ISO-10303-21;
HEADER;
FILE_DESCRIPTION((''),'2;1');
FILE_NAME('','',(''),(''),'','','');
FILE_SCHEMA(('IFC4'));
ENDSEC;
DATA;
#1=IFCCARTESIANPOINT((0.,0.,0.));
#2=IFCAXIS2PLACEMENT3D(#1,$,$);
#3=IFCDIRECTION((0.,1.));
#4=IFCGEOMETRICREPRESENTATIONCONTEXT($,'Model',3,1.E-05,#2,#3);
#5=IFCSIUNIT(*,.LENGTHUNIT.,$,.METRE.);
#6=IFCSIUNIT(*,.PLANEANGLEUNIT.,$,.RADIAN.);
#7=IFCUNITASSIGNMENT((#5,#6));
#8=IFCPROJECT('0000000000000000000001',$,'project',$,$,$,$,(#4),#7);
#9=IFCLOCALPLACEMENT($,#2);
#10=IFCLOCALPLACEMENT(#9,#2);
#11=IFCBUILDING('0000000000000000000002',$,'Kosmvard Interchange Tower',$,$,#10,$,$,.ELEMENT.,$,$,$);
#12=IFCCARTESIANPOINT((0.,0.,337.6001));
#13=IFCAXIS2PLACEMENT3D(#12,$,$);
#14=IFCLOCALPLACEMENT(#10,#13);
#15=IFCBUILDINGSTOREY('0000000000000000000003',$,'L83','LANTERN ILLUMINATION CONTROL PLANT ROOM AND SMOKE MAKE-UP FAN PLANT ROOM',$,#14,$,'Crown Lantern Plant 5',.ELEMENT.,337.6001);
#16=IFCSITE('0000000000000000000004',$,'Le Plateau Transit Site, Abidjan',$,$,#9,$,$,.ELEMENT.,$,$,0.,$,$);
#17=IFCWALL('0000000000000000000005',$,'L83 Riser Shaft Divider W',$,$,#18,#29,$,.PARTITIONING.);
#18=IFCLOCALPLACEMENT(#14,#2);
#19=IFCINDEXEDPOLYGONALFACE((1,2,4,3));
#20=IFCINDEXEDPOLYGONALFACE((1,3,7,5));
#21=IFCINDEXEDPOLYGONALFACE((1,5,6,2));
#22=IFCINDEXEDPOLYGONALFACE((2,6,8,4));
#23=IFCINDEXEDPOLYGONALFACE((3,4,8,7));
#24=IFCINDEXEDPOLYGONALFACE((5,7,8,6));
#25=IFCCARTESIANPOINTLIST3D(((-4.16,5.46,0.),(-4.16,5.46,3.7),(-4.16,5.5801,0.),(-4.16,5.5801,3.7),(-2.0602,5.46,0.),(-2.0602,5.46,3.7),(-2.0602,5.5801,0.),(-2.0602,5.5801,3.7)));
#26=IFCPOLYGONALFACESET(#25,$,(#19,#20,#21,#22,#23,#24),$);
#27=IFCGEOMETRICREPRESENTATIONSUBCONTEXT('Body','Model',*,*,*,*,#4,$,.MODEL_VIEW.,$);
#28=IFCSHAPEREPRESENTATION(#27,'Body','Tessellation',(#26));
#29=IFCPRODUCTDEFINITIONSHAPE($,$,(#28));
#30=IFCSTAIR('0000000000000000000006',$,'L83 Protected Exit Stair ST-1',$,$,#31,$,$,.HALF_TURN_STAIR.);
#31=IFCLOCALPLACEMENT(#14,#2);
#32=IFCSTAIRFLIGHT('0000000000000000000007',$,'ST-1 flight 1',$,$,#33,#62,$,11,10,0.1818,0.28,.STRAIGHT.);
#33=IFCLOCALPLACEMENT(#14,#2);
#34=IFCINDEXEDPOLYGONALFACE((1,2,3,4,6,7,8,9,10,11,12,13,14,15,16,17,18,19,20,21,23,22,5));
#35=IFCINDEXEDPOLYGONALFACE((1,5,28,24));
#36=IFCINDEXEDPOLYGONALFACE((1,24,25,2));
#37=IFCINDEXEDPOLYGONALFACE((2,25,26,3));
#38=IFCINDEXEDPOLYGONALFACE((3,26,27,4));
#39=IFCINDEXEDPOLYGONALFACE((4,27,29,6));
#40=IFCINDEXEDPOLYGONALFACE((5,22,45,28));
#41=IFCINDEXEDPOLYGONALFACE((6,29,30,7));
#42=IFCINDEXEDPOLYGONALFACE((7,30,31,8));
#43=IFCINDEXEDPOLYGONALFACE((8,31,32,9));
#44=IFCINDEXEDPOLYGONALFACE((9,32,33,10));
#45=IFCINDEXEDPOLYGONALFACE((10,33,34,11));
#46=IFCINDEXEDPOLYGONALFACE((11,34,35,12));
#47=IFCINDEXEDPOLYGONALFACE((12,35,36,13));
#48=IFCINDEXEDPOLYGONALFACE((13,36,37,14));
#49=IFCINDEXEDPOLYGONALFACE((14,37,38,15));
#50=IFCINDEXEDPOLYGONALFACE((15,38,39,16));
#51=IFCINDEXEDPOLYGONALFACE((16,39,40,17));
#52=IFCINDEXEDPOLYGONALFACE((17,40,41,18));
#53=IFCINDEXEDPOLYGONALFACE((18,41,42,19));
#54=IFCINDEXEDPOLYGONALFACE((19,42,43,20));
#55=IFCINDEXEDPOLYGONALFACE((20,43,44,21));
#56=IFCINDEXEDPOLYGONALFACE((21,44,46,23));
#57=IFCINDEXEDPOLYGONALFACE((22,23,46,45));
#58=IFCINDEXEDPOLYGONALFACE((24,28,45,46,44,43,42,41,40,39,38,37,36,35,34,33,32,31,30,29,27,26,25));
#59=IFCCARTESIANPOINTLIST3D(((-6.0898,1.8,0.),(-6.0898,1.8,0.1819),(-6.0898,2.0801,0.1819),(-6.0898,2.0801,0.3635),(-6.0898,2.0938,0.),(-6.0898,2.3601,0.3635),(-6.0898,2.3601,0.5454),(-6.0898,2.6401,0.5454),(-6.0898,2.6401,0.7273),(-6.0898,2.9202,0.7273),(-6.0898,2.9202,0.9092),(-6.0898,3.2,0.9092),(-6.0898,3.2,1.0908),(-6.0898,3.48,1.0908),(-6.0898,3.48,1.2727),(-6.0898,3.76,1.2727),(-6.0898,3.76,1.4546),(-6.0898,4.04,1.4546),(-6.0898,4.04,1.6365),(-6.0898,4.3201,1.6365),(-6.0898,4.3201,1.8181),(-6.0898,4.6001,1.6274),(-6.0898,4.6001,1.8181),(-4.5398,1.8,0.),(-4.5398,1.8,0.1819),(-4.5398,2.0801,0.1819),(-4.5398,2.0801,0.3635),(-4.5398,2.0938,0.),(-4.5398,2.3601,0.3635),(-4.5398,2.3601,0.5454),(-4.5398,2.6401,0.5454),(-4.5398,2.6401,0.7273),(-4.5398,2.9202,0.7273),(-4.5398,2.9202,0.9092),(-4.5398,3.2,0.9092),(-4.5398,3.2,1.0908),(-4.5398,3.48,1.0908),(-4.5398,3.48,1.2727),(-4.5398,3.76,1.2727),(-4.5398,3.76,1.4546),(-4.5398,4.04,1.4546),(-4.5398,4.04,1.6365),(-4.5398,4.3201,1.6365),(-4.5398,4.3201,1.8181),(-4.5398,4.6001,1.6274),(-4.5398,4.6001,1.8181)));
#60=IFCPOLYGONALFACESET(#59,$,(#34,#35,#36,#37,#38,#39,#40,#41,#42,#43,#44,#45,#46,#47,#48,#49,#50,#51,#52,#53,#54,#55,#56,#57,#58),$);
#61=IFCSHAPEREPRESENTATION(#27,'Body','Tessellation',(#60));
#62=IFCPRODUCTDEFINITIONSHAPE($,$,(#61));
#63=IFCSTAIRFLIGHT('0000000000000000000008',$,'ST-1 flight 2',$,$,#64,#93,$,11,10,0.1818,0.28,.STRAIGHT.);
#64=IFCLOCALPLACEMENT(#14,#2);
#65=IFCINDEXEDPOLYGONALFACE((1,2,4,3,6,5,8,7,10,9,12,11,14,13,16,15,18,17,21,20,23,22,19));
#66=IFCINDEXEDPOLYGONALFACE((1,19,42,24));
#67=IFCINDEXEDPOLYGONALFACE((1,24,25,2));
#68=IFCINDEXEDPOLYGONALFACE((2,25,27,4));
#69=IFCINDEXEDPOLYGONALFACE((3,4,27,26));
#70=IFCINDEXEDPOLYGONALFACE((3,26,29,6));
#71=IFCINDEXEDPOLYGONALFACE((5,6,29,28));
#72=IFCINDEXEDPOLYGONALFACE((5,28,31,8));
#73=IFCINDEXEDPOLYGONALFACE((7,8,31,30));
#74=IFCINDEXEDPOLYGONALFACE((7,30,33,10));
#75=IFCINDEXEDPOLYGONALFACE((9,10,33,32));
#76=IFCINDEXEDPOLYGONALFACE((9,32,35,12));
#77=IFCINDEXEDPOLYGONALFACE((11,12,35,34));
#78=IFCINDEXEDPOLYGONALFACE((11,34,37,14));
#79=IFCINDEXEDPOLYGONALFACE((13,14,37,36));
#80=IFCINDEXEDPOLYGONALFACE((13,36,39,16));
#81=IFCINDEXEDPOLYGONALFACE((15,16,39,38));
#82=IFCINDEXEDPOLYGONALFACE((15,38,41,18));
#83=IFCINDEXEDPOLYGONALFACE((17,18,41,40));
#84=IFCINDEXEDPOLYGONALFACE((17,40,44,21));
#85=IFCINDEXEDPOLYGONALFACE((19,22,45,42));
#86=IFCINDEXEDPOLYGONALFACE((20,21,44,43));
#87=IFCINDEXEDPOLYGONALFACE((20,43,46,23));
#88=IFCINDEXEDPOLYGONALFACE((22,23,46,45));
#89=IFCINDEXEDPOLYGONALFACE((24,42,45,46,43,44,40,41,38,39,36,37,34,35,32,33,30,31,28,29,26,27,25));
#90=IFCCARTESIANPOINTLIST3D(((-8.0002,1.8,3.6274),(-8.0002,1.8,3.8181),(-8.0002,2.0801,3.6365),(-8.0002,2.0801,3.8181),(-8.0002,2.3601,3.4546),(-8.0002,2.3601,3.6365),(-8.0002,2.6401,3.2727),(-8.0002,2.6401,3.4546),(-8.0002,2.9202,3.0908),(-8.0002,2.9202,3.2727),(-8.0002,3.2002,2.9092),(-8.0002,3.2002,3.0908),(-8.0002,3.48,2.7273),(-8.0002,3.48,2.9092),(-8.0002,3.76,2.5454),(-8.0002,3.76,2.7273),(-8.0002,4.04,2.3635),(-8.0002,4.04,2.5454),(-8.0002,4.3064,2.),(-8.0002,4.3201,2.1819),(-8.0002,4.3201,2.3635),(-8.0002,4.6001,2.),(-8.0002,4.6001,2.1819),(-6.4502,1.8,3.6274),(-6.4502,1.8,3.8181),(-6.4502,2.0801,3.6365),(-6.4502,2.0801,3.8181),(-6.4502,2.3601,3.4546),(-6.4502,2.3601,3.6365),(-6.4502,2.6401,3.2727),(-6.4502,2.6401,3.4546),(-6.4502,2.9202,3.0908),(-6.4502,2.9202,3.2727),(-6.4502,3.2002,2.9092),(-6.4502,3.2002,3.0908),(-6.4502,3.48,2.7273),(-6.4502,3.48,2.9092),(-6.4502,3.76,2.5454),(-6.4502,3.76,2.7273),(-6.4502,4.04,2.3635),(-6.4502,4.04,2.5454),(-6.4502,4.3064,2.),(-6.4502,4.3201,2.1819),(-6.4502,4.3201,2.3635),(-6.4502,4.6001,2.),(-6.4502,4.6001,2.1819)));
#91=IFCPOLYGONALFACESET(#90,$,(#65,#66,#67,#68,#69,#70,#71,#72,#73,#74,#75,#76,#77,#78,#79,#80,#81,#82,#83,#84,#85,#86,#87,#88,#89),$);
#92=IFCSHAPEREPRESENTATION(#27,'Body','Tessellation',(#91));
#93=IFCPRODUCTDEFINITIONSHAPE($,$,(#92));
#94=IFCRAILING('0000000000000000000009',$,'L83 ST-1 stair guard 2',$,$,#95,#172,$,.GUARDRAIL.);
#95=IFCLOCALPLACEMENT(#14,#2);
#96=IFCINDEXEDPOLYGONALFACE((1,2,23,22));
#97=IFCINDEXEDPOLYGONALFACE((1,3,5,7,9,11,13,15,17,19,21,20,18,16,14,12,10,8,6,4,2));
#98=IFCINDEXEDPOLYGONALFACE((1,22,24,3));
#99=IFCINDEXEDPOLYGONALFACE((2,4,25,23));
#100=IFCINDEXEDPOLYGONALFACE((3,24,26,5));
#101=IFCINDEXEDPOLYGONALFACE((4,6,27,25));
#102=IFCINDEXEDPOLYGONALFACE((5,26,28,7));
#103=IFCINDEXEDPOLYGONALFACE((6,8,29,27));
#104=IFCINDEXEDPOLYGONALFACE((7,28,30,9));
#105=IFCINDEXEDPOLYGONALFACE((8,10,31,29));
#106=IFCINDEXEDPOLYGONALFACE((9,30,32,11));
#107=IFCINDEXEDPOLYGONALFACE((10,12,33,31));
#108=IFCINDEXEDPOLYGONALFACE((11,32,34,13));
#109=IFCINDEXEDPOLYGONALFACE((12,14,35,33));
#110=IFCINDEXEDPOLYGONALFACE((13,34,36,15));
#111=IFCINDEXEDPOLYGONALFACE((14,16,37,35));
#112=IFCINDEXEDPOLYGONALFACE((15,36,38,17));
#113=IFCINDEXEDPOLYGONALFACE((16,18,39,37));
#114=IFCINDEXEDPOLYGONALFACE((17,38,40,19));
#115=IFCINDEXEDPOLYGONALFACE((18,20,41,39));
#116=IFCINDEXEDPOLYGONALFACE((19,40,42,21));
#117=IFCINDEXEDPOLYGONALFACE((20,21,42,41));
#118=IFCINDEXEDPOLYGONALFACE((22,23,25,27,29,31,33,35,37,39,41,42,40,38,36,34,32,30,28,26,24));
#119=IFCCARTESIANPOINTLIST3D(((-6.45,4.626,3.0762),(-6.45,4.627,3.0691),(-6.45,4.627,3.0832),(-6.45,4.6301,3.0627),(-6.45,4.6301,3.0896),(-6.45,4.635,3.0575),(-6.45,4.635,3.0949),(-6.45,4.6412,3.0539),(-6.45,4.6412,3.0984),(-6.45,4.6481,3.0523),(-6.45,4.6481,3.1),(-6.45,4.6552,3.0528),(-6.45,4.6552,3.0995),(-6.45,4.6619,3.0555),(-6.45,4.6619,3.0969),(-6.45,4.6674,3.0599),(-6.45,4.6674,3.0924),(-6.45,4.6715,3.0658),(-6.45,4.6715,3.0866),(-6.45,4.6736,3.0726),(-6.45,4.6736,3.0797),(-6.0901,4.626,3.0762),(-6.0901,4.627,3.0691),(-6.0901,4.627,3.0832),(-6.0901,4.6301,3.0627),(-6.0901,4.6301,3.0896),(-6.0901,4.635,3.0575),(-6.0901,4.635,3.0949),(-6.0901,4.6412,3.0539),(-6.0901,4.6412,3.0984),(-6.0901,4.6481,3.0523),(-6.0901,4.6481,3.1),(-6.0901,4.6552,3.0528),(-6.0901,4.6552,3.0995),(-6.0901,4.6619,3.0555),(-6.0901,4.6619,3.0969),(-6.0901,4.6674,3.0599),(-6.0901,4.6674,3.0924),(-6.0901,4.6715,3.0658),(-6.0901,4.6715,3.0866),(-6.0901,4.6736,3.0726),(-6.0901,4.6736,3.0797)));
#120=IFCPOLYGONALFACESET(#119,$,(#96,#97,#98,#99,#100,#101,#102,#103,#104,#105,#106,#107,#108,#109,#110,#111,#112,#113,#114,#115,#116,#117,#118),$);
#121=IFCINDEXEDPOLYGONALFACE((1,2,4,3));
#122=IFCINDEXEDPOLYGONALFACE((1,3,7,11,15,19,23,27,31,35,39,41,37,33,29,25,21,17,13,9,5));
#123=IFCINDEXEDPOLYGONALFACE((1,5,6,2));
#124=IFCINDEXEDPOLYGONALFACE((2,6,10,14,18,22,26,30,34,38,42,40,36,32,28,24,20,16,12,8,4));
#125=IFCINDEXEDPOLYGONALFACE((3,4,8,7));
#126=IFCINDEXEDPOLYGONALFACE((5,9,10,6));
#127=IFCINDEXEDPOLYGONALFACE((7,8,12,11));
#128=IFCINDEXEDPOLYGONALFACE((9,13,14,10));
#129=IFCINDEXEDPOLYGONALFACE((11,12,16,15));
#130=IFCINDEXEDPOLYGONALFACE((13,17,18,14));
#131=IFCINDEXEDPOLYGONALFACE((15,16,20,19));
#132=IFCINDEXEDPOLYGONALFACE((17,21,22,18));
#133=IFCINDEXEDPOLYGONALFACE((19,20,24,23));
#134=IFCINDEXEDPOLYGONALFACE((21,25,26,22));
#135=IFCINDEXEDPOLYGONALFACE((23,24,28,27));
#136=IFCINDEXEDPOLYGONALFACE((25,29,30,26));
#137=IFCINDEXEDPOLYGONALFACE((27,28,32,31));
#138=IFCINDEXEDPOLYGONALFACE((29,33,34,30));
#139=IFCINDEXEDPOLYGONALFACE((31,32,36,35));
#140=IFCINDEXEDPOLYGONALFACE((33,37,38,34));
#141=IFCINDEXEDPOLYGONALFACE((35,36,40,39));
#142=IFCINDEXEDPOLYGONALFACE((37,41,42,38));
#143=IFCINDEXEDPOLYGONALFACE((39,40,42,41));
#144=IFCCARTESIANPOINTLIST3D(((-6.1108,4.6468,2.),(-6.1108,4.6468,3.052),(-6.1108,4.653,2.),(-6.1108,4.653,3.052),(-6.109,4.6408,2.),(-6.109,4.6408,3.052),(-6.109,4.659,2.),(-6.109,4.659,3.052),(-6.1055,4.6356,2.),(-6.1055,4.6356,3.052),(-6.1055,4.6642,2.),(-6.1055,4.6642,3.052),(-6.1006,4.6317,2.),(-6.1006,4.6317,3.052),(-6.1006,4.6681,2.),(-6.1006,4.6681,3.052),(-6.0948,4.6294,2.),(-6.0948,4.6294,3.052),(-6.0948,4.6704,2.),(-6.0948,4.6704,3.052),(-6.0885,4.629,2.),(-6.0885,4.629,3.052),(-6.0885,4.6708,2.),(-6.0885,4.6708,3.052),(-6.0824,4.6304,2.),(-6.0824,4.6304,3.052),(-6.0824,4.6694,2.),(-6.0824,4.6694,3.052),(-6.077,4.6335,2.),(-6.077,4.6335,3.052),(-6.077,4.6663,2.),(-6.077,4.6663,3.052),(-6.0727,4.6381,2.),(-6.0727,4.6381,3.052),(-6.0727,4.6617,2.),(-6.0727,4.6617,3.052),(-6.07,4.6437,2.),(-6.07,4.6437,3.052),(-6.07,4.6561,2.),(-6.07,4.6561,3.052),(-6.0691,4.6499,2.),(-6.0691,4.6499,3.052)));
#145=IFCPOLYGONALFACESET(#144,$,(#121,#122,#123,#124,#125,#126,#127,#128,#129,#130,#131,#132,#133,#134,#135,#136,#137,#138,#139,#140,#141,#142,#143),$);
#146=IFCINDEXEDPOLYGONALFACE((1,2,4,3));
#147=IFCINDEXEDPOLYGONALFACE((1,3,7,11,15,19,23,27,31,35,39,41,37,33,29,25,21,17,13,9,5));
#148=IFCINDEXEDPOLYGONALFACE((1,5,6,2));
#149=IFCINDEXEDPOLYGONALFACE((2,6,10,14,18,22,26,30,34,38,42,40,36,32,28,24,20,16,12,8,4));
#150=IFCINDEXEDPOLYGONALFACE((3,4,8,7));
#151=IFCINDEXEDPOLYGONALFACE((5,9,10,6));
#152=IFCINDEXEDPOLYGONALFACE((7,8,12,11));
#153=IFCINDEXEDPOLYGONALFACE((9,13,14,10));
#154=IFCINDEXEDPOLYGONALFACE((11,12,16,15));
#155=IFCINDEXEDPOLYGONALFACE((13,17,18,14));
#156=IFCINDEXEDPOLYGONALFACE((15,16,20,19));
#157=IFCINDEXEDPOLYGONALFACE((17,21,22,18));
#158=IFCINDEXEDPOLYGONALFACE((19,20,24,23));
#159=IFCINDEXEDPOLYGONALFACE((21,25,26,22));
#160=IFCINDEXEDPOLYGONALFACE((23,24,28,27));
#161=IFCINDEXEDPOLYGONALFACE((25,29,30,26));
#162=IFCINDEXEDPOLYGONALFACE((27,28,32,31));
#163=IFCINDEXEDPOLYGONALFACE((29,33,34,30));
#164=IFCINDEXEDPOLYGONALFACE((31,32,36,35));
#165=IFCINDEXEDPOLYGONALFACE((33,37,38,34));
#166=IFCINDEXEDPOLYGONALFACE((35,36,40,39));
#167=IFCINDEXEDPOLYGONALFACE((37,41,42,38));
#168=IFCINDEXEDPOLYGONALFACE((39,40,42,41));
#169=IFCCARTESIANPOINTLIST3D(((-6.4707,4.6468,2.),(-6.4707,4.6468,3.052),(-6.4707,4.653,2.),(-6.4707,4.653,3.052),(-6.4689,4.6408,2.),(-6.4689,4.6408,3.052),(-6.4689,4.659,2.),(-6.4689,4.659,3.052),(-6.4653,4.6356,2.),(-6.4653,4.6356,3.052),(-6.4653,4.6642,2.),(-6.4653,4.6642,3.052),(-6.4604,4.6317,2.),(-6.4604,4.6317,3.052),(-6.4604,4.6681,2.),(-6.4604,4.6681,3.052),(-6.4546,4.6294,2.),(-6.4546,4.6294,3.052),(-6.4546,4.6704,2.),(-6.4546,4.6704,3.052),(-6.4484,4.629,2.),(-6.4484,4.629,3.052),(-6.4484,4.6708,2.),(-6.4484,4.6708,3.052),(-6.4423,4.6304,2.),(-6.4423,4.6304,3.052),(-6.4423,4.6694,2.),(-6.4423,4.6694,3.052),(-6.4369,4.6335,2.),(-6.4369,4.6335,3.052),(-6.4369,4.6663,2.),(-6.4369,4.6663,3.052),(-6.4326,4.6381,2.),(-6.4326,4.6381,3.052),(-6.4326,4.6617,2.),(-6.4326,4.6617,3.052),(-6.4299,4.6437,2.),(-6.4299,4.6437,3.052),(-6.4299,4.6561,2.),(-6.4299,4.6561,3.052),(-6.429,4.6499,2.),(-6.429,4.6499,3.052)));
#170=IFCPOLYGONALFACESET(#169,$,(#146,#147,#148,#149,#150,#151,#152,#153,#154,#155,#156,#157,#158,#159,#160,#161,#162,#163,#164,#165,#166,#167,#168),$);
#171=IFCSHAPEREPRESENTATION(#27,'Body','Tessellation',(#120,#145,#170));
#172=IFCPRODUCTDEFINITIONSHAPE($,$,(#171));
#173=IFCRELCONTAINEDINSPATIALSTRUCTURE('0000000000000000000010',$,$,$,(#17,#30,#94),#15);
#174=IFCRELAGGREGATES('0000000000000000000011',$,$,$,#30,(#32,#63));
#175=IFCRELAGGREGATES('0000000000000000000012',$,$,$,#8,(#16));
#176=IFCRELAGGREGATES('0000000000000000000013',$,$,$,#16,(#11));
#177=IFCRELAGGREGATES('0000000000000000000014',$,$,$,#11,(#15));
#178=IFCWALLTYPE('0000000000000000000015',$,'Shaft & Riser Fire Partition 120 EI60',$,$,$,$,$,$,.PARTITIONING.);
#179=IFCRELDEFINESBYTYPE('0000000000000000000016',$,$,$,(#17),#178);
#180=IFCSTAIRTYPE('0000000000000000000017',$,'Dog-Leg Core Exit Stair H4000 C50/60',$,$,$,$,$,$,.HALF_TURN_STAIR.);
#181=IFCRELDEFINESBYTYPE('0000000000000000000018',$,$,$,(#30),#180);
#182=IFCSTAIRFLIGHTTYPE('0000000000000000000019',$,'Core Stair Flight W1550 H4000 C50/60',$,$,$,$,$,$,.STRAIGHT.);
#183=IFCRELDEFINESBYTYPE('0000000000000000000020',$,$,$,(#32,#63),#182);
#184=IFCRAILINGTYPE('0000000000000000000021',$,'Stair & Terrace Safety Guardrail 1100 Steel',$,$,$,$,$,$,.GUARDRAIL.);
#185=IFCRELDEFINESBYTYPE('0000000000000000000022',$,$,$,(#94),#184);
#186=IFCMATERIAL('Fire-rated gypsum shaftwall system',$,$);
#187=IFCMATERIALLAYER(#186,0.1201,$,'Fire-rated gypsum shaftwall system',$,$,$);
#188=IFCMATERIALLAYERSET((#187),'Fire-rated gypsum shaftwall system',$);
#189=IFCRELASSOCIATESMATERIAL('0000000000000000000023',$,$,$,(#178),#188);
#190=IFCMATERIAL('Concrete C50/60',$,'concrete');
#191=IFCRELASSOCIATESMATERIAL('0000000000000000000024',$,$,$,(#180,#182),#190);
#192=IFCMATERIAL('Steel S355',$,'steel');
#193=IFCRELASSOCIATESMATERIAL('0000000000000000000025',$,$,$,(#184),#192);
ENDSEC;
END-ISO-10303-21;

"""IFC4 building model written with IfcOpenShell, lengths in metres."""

from ifc_helpers import new_model, si_unit, direction, frame, frame_2d, origin, origin_2d, place, context, subcontext, project, spatial, polyline, rectangle, circle, outline, extrude, source, transform, mapped, material, layer, layer_set, type_object, element, aggregate, save


model = new_model("IFC4")

# Units and contexts
model_context = context("Model", 3, precision=1e-05, world=origin(), true_north=direction((0.0, 1.0)))
body_context = subcontext(model_context, "Body", "Model", "MODEL_VIEW")
ifc_project = project(units=[si_unit("LENGTHUNIT", "METRE"), si_unit("PLANEANGLEUNIT", "RADIAN")], contexts=[model_context])

# Site, building, storey
site_placement = place(None, origin())
site = spatial("IfcSite", under=ifc_project, at=site_placement, Name="Le Plateau Transit Site, Abidjan", CompositionType="ELEMENT", RefElevation=0.0)
building_placement = place(site_placement, origin())
building = spatial("IfcBuilding", under=site, at=building_placement, Name="Kosmvard Interchange Tower", CompositionType="ELEMENT")
storey_placement = place(building_placement, frame((0.0, 0.0, 337.6001)))
storey = spatial("IfcBuildingStorey", under=building, at=storey_placement, Name="L83", Description="LANTERN ILLUMINATION CONTROL PLANT ROOM AND SMOKE MAKE-UP FAN PLANT ROOM", LongName="Crown Lantern Plant 5", CompositionType="ELEMENT", Elevation=337.6001)

# Shared definitions
ifc_material_1 = material(Name="Concrete C50/60", Category="concrete")

# Shared definitions
ifc_material_2 = material(Name="Steel S355", Category="steel")

# Wall
ifc_material_3 = material(Name="Fire-rated gypsum shaftwall system")
ifc_layer_1 = layer(ifc_material_3, 0.1201, Name="Fire-rated gypsum shaftwall system")
ifc_layer_set_1 = layer_set([ifc_layer_1], Name="Fire-rated gypsum shaftwall system")
wall_type_1 = type_object("IfcWallType", Name="Shaft & Riser Fire Partition 120 EI60", PredefinedType="PARTITIONING", material=ifc_layer_set_1)
wall_1_placement = place(storey_placement, frame((-4.1599, 5.52, 0.0), z_axis=(0.0, 0.0, 1.0), x_axis=(1.0, 0.0, 0.0)))
element("IfcWall", 1, at=wall_1_placement, inside=storey, type_object=wall_type_1, Name="L83 Riser Shaft Divider W", PredefinedType="PARTITIONING", context=body_context, shape_type="SweptSolid", body=[
    extrude(rectangle(XDim=2.0999, YDim=0.1201, at=frame_2d((1.0498, 0.0))), origin(), (0.0, 0.0, 1.0), 3.7),
])

# Stair, stair flights
stair_type = type_object("IfcStairType", Name="Dog-Leg Core Exit Stair H4000 C50/60", PredefinedType="HALF_TURN_STAIR", material=ifc_material_1)
stair_placement = place(storey_placement, origin())
stair = element("IfcStair", 2, at=stair_placement, inside=storey, type_object=stair_type, Name="L83 Protected Exit Stair ST-1", PredefinedType="HALF_TURN_STAIR")
stair_flight_type = type_object("IfcStairFlightType", Name="Core Stair Flight W1550 H4000 C50/60", PredefinedType="STRAIGHT", material=ifc_material_1)
shared_shape_1 = source(origin(), body_context, "Body", "SweptSolid", [
    extrude(outline(polyline([(0.0, 0.0), (0.0, 0.1819), (0.28, 0.1819), (0.28, 0.3635), (0.5601, 0.3635), (0.5601, 0.5454), (0.8401, 0.5454), (0.8401, 0.7273), (1.1201, 0.7273), (1.1201, 0.9092), (1.3999, 0.9092), (1.3999, 1.0908), (1.6799, 1.0908), (1.6799, 1.2727), (1.96, 1.2727), (1.96, 1.4546), (2.24, 1.4546), (2.24, 1.6365), (2.52, 1.6365), (2.52, 1.8181), (2.8, 1.8181), (2.8, 2.0), (2.8, 1.6274), (0.2937, 0.0), (0.0, 0.0)])), frame((0.0, 0.7749, 0.0), z_axis=(0.0, -1.0, 0.0), x_axis=(1.0, 0.0, 0.0)), (0.0, 0.0, 1.0), 1.55),
])
stair_flight_1_placement = place(storey_placement, frame((-5.3149, 1.8, 0.0), z_axis=(0.0, 0.0, 1.0), x_axis=(0.0, 1.0, 0.0)))
stair_flight_1 = element("IfcStairFlight", 3, at=stair_flight_1_placement, type_object=stair_flight_type, Name="ST-1 flight 1", NumberOfRisers=11, NumberOfTreads=10, PredefinedType="STRAIGHT", RiserHeight=0.1818, TreadLength=0.28, context=body_context, shape_type="MappedRepresentation", body=[
    mapped(shared_shape_1, transform((0.0, 0.0, 0.0), scale=1.0)),
])
stair_flight_2_placement = place(storey_placement, frame((-7.2251, 4.6001, 2.0), z_axis=(0.0, 0.0, 1.0), x_axis=(0.0, -1.0, 0.0)))
stair_flight_2 = element("IfcStairFlight", 4, at=stair_flight_2_placement, type_object=stair_flight_type, Name="ST-1 flight 2", NumberOfRisers=11, NumberOfTreads=10, PredefinedType="STRAIGHT", RiserHeight=0.1818, TreadLength=0.28, context=body_context, shape_type="MappedRepresentation", body=[
    mapped(shared_shape_1, transform((0.0, 0.0, 0.0), scale=1.0)),
])
aggregate(stair, [stair_flight_1, stair_flight_2])

# Railing
railing_type_1 = type_object("IfcRailingType", Name="Stair & Terrace Safety Guardrail 1100 Steel", PredefinedType="GUARDRAIL", material=ifc_material_2)
shared_shape_2 = source(origin(), body_context, "Body", "SweptSolid", [
    extrude(circle(Radius=0.0239, at=origin_2d()), frame((0.0, 0.0, 1.0762), z_axis=(-1.0, 0.0, 0.0), x_axis=(0.0, -1.0, 0.0)), (0.0, 0.0, 1.0), 0.3599),
    extrude(circle(Radius=0.021, at=origin_2d()), origin(), (0.0, 0.0, 1.0), 1.052),
    extrude(circle(Radius=0.021, at=origin_2d()), frame((-0.3599, 0.0, 0.0)), (0.0, 0.0, 1.0), 1.052),
])
for number, where, name in (
    (5, (-6.0901, 4.6499, 2.0), "L83 ST-1 stair guard 2"),
):
    element("IfcRailing", number, at=place(storey_placement, frame(where)), inside=storey, type_object=railing_type_1, Name=name, PredefinedType="GUARDRAIL", context=body_context, shape_type="MappedRepresentation", body=[
        mapped(shared_shape_2, transform((0.0, 0.0, 0.0), scale=1.0)),
    ])

save(model, "model.ifc")
